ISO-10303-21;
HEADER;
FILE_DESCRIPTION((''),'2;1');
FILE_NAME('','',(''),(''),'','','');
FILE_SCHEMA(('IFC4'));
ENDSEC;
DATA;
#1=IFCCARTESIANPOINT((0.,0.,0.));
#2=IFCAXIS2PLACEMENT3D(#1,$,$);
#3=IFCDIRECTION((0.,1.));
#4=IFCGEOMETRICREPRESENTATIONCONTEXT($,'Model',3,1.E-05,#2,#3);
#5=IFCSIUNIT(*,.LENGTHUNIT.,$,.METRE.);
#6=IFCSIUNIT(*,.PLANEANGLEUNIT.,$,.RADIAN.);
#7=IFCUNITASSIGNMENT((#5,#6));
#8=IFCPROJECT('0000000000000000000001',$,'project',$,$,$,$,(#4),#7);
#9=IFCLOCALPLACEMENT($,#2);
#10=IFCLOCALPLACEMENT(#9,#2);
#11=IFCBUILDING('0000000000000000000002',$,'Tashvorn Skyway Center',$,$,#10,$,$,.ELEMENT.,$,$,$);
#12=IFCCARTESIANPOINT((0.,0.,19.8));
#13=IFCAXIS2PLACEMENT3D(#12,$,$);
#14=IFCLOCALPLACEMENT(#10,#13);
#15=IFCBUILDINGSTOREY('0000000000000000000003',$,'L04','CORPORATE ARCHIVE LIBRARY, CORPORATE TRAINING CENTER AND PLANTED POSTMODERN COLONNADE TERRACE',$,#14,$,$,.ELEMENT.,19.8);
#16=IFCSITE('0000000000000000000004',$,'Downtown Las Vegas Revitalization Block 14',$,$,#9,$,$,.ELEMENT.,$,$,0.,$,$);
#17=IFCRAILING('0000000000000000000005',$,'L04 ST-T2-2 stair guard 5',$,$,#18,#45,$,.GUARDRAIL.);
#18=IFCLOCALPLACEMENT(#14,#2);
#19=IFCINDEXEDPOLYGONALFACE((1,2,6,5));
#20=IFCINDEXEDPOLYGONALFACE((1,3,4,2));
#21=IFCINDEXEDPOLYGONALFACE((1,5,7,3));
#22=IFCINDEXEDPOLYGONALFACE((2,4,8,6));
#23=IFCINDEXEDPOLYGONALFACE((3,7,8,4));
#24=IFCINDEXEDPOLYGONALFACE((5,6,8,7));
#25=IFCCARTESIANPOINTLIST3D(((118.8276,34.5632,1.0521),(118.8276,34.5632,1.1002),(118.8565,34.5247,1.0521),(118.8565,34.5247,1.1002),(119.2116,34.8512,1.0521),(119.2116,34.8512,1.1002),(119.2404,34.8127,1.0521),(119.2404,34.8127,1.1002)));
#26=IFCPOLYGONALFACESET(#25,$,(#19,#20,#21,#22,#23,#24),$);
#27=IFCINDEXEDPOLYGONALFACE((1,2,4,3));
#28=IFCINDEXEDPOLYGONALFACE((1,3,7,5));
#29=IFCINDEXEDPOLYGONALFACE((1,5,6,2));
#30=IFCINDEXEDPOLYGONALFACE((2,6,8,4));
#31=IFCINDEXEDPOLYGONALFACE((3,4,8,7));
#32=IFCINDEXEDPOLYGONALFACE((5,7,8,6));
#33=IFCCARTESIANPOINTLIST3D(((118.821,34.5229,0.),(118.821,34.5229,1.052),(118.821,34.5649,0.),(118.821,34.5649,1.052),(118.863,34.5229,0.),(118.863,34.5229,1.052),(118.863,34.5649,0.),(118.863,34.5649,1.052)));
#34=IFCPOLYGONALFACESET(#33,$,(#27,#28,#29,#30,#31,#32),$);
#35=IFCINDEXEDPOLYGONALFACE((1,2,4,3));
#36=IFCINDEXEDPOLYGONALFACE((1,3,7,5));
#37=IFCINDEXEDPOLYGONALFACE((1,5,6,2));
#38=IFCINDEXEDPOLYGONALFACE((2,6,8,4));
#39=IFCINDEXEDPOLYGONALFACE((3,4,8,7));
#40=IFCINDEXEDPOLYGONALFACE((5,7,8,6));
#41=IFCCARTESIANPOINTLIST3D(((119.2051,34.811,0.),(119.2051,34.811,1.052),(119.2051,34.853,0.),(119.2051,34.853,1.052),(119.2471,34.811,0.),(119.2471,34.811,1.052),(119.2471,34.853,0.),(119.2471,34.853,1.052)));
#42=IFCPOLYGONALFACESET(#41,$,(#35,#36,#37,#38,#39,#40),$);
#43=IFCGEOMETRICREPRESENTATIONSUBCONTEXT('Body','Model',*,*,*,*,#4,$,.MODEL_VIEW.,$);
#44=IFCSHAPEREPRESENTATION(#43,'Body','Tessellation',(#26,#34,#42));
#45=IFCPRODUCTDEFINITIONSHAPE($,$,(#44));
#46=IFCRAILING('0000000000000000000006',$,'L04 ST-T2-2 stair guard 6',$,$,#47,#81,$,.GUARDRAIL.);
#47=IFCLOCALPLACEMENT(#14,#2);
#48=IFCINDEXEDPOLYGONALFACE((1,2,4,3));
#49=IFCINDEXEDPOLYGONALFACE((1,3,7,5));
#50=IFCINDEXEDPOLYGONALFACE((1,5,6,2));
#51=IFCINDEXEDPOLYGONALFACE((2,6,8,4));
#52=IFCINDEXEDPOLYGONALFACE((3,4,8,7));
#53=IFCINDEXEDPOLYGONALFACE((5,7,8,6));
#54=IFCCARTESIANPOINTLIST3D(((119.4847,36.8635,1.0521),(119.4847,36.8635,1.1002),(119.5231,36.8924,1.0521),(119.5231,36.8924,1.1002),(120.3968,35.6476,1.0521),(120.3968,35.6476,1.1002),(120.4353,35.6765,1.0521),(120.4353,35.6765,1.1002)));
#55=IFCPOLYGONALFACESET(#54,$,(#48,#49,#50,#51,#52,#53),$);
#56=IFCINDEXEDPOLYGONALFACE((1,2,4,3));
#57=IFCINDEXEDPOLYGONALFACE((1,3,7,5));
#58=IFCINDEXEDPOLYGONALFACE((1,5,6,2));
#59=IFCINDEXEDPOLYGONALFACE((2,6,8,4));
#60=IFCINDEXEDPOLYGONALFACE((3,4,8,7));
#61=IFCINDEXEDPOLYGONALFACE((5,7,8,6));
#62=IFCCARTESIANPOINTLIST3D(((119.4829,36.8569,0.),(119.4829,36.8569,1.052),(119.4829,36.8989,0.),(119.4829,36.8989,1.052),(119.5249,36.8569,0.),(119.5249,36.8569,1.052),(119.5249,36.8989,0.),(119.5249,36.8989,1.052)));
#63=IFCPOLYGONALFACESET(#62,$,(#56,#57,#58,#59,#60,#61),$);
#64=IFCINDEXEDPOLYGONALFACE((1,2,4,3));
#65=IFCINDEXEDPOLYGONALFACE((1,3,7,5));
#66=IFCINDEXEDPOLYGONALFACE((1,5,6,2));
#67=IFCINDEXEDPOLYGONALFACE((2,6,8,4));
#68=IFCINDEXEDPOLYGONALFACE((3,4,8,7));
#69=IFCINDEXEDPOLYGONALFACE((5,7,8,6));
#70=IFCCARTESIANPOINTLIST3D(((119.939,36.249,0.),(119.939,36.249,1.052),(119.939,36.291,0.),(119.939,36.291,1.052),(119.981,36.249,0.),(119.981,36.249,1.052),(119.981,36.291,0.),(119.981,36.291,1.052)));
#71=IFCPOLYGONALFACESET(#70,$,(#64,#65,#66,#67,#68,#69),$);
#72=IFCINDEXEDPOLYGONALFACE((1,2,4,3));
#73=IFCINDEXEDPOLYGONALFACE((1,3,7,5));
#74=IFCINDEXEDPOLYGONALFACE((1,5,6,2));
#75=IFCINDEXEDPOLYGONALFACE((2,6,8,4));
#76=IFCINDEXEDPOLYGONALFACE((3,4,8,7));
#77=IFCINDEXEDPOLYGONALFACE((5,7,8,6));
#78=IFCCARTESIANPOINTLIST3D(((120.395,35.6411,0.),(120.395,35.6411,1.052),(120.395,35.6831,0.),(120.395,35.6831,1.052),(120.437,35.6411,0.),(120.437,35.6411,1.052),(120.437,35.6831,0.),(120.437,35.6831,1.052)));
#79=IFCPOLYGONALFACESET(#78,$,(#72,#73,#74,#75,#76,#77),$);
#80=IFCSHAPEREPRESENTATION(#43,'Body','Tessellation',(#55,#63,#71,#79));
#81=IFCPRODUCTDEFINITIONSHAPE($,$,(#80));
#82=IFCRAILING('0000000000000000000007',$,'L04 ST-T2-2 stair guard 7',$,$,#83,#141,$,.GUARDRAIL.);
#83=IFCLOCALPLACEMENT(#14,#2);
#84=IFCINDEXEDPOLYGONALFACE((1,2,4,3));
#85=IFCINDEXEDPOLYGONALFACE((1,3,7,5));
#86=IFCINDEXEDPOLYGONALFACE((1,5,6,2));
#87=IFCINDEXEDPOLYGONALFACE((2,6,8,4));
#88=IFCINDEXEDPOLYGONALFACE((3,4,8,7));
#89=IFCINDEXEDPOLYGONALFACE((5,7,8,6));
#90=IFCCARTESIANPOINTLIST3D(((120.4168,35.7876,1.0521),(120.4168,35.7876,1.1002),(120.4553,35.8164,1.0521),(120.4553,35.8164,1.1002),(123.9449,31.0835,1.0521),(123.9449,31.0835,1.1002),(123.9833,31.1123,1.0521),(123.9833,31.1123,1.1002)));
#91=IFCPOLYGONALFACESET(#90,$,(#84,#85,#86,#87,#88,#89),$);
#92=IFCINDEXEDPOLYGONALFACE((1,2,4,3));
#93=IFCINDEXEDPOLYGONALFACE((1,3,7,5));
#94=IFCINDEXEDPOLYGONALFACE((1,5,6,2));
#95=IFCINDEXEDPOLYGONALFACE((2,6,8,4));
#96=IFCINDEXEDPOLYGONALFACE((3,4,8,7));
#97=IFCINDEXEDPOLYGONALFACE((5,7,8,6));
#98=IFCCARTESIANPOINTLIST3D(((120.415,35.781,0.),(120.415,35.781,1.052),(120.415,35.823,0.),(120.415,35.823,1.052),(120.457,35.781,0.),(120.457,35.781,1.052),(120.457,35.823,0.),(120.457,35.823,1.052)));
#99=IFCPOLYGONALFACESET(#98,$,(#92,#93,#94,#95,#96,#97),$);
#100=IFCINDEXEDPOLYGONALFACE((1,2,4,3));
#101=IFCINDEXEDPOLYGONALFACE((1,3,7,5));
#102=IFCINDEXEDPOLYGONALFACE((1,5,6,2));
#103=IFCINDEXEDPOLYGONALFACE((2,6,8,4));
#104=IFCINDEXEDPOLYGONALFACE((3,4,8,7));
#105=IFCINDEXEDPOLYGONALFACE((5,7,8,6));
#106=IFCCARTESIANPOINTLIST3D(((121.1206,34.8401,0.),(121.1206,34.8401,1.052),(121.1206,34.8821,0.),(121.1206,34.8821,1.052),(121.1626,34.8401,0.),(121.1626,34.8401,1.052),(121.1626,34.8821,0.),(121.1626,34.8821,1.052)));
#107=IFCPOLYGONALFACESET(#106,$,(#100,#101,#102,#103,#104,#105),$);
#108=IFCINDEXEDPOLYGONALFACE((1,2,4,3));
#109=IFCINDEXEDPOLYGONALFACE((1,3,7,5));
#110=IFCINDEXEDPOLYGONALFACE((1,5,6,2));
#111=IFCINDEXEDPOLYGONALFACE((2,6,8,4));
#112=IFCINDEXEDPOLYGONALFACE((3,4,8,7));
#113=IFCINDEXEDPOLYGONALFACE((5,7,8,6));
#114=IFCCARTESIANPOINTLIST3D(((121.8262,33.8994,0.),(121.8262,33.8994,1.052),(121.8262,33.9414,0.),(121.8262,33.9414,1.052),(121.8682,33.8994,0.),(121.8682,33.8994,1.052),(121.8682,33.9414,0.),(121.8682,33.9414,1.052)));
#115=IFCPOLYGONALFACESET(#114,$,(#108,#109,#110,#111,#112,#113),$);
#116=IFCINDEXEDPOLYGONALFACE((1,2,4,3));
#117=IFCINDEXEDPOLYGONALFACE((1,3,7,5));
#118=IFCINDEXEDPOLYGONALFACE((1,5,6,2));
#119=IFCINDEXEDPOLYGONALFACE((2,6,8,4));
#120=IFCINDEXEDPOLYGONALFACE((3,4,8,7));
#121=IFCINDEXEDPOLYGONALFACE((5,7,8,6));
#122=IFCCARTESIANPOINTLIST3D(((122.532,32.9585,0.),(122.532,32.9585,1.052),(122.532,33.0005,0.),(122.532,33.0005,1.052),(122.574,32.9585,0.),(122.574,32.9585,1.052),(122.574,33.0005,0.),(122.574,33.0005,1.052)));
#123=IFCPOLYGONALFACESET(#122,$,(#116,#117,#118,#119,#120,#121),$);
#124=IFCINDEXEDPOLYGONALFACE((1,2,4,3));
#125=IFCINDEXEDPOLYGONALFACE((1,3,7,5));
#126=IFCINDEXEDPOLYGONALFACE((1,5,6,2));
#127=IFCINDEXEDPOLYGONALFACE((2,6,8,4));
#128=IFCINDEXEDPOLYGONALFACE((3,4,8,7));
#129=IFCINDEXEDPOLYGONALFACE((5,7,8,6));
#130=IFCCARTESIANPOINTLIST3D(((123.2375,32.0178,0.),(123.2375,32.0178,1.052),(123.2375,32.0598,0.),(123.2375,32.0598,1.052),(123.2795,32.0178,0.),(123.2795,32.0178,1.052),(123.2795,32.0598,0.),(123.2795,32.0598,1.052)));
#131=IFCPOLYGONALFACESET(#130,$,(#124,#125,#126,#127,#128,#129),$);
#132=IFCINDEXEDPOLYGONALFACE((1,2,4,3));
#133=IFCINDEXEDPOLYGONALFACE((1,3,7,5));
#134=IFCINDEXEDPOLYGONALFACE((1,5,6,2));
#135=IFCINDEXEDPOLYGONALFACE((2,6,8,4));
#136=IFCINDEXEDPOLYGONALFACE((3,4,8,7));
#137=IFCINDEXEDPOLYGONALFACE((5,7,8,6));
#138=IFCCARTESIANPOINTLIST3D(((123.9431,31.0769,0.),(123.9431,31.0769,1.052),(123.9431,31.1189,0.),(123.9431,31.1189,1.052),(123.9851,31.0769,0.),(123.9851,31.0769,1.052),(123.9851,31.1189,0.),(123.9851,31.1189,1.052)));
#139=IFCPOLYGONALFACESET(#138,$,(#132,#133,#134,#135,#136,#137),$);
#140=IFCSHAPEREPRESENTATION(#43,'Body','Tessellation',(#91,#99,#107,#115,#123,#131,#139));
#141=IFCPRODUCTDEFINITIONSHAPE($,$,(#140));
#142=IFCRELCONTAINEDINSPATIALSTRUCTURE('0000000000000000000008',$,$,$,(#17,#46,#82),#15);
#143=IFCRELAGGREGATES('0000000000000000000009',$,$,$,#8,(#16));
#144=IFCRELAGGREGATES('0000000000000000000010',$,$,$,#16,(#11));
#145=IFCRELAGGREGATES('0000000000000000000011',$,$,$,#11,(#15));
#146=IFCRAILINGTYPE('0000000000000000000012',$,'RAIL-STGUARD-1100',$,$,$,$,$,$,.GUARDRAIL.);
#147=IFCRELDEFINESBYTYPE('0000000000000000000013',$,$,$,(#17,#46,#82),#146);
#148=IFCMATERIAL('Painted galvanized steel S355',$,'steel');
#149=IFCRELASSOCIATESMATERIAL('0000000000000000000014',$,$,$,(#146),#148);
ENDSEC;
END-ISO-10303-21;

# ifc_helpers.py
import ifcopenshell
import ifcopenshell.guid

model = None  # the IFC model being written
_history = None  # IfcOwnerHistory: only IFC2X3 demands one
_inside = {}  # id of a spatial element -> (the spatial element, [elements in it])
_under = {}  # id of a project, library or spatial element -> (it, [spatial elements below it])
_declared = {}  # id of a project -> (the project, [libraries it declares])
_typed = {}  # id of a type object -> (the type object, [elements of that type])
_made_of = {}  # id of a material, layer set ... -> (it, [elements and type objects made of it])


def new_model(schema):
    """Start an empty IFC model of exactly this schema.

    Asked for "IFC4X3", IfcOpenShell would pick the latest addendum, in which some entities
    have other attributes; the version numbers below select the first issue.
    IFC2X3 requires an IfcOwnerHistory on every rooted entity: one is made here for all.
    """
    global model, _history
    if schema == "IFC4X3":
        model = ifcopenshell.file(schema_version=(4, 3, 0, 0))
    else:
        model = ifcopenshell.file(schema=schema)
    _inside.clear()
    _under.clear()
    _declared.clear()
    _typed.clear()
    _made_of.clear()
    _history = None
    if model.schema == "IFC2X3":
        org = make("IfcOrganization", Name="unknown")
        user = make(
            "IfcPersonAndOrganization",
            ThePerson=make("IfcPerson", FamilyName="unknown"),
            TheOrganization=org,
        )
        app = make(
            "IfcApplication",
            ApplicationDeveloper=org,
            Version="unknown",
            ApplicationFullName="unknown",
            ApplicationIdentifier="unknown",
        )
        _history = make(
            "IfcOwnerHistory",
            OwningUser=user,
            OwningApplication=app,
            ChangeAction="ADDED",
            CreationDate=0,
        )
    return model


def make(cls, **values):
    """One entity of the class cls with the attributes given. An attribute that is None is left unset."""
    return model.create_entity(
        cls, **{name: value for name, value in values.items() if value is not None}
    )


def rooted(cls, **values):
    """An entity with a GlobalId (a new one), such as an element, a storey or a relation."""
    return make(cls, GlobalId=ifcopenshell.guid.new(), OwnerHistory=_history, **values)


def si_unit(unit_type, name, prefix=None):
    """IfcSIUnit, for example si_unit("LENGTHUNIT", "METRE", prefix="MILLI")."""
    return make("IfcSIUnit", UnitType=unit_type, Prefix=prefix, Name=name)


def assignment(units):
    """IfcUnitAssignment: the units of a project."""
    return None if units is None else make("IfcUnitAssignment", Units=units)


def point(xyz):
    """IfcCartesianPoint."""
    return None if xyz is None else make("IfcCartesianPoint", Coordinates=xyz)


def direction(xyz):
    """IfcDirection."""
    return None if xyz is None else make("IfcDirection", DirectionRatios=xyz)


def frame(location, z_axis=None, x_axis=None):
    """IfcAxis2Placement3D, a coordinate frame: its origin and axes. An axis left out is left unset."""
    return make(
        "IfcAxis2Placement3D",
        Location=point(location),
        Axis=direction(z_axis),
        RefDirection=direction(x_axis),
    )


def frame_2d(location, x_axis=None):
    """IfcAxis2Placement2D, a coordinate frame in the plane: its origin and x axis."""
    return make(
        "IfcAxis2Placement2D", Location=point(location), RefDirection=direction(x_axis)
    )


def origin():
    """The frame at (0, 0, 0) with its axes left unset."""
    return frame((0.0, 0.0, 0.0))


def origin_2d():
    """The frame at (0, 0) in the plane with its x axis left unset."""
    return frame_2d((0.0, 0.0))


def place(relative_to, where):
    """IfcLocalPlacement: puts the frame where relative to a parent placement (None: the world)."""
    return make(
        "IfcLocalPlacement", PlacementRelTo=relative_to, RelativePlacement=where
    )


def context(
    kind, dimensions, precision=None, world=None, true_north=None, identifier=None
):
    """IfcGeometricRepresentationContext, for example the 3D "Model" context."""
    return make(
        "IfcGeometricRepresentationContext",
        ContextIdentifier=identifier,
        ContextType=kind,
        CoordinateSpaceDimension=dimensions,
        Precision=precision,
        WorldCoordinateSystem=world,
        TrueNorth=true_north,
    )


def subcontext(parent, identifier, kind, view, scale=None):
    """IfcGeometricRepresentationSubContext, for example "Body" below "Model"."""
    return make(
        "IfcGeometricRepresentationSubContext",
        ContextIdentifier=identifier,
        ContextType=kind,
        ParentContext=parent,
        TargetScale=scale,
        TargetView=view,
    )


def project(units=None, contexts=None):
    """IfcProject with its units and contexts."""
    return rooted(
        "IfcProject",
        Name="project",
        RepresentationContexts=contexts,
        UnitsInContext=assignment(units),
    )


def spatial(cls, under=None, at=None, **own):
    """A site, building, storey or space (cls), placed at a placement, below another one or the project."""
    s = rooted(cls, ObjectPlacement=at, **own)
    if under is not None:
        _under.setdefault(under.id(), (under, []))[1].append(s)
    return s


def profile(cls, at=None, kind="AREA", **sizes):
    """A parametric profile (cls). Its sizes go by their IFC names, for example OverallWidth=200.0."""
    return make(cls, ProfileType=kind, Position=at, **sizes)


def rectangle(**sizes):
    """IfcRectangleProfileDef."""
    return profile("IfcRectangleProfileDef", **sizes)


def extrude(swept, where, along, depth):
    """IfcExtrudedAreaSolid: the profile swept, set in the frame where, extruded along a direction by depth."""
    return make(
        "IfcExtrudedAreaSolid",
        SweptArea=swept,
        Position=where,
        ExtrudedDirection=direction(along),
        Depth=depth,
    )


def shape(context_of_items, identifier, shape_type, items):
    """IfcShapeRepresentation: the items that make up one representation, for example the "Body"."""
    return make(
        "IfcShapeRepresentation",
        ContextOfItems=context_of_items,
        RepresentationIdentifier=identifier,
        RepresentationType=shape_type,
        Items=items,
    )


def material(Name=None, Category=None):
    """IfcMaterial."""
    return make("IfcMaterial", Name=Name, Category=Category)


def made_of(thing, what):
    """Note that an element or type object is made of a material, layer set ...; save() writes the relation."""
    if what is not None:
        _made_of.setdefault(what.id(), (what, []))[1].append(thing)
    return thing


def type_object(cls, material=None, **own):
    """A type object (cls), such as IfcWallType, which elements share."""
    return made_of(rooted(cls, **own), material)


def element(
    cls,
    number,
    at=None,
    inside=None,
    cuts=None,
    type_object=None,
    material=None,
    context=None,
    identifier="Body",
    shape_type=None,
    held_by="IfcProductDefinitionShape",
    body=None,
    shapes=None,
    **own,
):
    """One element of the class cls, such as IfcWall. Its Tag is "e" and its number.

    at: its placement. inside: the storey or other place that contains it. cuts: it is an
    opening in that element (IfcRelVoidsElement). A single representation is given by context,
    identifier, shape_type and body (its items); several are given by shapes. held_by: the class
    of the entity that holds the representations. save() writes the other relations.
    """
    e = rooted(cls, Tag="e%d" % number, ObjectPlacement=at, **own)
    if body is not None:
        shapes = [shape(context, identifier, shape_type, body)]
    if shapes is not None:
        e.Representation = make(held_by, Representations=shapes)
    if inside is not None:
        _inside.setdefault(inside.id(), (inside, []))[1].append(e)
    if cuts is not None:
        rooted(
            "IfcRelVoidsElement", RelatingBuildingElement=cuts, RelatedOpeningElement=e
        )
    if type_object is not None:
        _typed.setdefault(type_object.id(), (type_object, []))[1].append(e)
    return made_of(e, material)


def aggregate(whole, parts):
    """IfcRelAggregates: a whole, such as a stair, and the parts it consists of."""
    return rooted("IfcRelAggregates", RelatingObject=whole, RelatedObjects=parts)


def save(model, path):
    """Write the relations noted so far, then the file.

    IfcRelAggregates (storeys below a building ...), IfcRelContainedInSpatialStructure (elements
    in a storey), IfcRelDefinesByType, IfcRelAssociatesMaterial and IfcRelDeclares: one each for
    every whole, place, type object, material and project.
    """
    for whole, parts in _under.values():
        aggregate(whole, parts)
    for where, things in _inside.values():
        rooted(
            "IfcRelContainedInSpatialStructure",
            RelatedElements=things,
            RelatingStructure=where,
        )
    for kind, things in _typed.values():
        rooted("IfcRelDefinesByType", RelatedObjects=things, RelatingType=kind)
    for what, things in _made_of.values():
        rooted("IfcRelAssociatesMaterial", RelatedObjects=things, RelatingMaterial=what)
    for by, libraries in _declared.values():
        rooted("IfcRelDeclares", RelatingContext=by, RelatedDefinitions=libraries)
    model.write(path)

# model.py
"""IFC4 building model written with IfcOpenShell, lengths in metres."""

from ifc_helpers import new_model, si_unit, direction, frame, origin, origin_2d, place, context, subcontext, project, spatial, rectangle, extrude, material, type_object, element, save


model = new_model("IFC4")

# Units and contexts
model_context = context("Model", 3, precision=1e-05, world=origin(), true_north=direction((0.0, 1.0)))
body_context = subcontext(model_context, "Body", "Model", "MODEL_VIEW")
ifc_project = project(units=[si_unit("LENGTHUNIT", "METRE"), si_unit("PLANEANGLEUNIT", "RADIAN")], contexts=[model_context])

# Site, building, storey
site_placement = place(None, origin())
site = spatial("IfcSite", under=ifc_project, at=site_placement, Name="Downtown Las Vegas Revitalization Block 14", CompositionType="ELEMENT", RefElevation=0.0)
building_placement = place(site_placement, origin())
building = spatial("IfcBuilding", under=site, at=building_placement, Name="Tashvorn Skyway Center", CompositionType="ELEMENT")
storey_placement = place(building_placement, frame((0.0, 0.0, 19.8)))
storey = spatial("IfcBuildingStorey", under=building, at=storey_placement, Name="L04", Description="CORPORATE ARCHIVE LIBRARY, CORPORATE TRAINING CENTER AND PLANTED POSTMODERN COLONNADE TERRACE", CompositionType="ELEMENT", Elevation=19.8)

# Railings
ifc_material_1 = material(Name="Painted galvanized steel S355", Category="steel")
railing_type_1 = type_object("IfcRailingType", Name="RAIL-STGUARD-1100", PredefinedType="GUARDRAIL", material=ifc_material_1)
railing_1_placement = place(storey_placement, frame((118.842, 34.5439, 0.0)))
element("IfcRailing", 1, at=railing_1_placement, inside=storey, type_object=railing_type_1, Name="L04 ST-T2-2 stair guard 5", PredefinedType="GUARDRAIL", context=body_context, shape_type="SweptSolid", body=[
    extrude(rectangle(XDim=0.0481, YDim=0.0481, at=origin_2d()), frame((0.0, 0.0, 1.0762), z_axis=(0.799939, 0.600081, 0.0), x_axis=(-0.600081, 0.799939, 0.0)), (0.0, 0.0, 1.0), 0.48),
    extrude(rectangle(XDim=0.042, YDim=0.042, at=origin_2d()), origin(), (0.0, 0.0, 1.0), 1.052),
    extrude(rectangle(XDim=0.042, YDim=0.042, at=origin_2d()), frame((0.384, 0.2881, 0.0)), (0.0, 0.0, 1.0), 1.052),
])
railing_2_placement = place(storey_placement, frame((119.5039, 36.8779, 0.0)))
element("IfcRailing", 2, at=railing_2_placement, inside=storey, type_object=railing_type_1, Name="L04 ST-T2-2 stair guard 6", PredefinedType="GUARDRAIL", context=body_context, shape_type="SweptSolid", body=[
    extrude(rectangle(XDim=0.0481, YDim=0.0481, at=origin_2d()), frame((0.0, 0.0, 1.0762), z_axis=(0.600103, -0.799923, 0.0), x_axis=(0.799923, 0.600103, 0.0)), (0.0, 0.0, 1.0), 1.52),
    extrude(rectangle(XDim=0.042, YDim=0.042, at=origin_2d()), origin(), (0.0, 0.0, 1.0), 1.052),
    extrude(rectangle(XDim=0.042, YDim=0.042, at=origin_2d()), frame((0.4561, -0.6079, 0.0)), (0.0, 0.0, 1.0), 1.052),
    extrude(rectangle(XDim=0.042, YDim=0.042, at=origin_2d()), frame((0.9121, -1.2158, 0.0)), (0.0, 0.0, 1.0), 1.052),
])
railing_3_placement = place(storey_placement, frame((120.436, 35.802, 0.0)))
element("IfcRailing", 3, at=railing_3_placement, inside=storey, type_object=railing_type_1, Name="L04 ST-T2-2 stair guard 7", PredefinedType="GUARDRAIL", context=body_context, shape_type="SweptSolid", body=[
    extrude(rectangle(XDim=0.0481, YDim=0.0481, at=origin_2d()), frame((0.0, 0.0, 1.0762), z_axis=(0.6, -0.8, 0.0), x_axis=(0.8, 0.6, 0.0)), (0.0, 0.0, 1.0), 5.8801),
    extrude(rectangle(XDim=0.042, YDim=0.042, at=origin_2d()), origin(), (0.0, 0.0, 1.0), 1.052),
    extrude(rectangle(XDim=0.042, YDim=0.042, at=origin_2d()), frame((0.7056, -0.9409, 0.0)), (0.0, 0.0, 1.0), 1.052),
    extrude(rectangle(XDim=0.042, YDim=0.042, at=origin_2d()), frame((1.4111, -1.8816, 0.0)), (0.0, 0.0, 1.0), 1.052),
    extrude(rectangle(XDim=0.042, YDim=0.042, at=origin_2d()), frame((2.1169, -2.8225, 0.0)), (0.0, 0.0, 1.0), 1.052),
    extrude(rectangle(XDim=0.042, YDim=0.042, at=origin_2d()), frame((2.8225, -3.7632, 0.0)), (0.0, 0.0, 1.0), 1.052),
    extrude(rectangle(XDim=0.042, YDim=0.042, at=origin_2d()), frame((3.5281, -4.7041, 0.0)), (0.0, 0.0, 1.0), 1.052),
])

save(model, "model.ifc")
